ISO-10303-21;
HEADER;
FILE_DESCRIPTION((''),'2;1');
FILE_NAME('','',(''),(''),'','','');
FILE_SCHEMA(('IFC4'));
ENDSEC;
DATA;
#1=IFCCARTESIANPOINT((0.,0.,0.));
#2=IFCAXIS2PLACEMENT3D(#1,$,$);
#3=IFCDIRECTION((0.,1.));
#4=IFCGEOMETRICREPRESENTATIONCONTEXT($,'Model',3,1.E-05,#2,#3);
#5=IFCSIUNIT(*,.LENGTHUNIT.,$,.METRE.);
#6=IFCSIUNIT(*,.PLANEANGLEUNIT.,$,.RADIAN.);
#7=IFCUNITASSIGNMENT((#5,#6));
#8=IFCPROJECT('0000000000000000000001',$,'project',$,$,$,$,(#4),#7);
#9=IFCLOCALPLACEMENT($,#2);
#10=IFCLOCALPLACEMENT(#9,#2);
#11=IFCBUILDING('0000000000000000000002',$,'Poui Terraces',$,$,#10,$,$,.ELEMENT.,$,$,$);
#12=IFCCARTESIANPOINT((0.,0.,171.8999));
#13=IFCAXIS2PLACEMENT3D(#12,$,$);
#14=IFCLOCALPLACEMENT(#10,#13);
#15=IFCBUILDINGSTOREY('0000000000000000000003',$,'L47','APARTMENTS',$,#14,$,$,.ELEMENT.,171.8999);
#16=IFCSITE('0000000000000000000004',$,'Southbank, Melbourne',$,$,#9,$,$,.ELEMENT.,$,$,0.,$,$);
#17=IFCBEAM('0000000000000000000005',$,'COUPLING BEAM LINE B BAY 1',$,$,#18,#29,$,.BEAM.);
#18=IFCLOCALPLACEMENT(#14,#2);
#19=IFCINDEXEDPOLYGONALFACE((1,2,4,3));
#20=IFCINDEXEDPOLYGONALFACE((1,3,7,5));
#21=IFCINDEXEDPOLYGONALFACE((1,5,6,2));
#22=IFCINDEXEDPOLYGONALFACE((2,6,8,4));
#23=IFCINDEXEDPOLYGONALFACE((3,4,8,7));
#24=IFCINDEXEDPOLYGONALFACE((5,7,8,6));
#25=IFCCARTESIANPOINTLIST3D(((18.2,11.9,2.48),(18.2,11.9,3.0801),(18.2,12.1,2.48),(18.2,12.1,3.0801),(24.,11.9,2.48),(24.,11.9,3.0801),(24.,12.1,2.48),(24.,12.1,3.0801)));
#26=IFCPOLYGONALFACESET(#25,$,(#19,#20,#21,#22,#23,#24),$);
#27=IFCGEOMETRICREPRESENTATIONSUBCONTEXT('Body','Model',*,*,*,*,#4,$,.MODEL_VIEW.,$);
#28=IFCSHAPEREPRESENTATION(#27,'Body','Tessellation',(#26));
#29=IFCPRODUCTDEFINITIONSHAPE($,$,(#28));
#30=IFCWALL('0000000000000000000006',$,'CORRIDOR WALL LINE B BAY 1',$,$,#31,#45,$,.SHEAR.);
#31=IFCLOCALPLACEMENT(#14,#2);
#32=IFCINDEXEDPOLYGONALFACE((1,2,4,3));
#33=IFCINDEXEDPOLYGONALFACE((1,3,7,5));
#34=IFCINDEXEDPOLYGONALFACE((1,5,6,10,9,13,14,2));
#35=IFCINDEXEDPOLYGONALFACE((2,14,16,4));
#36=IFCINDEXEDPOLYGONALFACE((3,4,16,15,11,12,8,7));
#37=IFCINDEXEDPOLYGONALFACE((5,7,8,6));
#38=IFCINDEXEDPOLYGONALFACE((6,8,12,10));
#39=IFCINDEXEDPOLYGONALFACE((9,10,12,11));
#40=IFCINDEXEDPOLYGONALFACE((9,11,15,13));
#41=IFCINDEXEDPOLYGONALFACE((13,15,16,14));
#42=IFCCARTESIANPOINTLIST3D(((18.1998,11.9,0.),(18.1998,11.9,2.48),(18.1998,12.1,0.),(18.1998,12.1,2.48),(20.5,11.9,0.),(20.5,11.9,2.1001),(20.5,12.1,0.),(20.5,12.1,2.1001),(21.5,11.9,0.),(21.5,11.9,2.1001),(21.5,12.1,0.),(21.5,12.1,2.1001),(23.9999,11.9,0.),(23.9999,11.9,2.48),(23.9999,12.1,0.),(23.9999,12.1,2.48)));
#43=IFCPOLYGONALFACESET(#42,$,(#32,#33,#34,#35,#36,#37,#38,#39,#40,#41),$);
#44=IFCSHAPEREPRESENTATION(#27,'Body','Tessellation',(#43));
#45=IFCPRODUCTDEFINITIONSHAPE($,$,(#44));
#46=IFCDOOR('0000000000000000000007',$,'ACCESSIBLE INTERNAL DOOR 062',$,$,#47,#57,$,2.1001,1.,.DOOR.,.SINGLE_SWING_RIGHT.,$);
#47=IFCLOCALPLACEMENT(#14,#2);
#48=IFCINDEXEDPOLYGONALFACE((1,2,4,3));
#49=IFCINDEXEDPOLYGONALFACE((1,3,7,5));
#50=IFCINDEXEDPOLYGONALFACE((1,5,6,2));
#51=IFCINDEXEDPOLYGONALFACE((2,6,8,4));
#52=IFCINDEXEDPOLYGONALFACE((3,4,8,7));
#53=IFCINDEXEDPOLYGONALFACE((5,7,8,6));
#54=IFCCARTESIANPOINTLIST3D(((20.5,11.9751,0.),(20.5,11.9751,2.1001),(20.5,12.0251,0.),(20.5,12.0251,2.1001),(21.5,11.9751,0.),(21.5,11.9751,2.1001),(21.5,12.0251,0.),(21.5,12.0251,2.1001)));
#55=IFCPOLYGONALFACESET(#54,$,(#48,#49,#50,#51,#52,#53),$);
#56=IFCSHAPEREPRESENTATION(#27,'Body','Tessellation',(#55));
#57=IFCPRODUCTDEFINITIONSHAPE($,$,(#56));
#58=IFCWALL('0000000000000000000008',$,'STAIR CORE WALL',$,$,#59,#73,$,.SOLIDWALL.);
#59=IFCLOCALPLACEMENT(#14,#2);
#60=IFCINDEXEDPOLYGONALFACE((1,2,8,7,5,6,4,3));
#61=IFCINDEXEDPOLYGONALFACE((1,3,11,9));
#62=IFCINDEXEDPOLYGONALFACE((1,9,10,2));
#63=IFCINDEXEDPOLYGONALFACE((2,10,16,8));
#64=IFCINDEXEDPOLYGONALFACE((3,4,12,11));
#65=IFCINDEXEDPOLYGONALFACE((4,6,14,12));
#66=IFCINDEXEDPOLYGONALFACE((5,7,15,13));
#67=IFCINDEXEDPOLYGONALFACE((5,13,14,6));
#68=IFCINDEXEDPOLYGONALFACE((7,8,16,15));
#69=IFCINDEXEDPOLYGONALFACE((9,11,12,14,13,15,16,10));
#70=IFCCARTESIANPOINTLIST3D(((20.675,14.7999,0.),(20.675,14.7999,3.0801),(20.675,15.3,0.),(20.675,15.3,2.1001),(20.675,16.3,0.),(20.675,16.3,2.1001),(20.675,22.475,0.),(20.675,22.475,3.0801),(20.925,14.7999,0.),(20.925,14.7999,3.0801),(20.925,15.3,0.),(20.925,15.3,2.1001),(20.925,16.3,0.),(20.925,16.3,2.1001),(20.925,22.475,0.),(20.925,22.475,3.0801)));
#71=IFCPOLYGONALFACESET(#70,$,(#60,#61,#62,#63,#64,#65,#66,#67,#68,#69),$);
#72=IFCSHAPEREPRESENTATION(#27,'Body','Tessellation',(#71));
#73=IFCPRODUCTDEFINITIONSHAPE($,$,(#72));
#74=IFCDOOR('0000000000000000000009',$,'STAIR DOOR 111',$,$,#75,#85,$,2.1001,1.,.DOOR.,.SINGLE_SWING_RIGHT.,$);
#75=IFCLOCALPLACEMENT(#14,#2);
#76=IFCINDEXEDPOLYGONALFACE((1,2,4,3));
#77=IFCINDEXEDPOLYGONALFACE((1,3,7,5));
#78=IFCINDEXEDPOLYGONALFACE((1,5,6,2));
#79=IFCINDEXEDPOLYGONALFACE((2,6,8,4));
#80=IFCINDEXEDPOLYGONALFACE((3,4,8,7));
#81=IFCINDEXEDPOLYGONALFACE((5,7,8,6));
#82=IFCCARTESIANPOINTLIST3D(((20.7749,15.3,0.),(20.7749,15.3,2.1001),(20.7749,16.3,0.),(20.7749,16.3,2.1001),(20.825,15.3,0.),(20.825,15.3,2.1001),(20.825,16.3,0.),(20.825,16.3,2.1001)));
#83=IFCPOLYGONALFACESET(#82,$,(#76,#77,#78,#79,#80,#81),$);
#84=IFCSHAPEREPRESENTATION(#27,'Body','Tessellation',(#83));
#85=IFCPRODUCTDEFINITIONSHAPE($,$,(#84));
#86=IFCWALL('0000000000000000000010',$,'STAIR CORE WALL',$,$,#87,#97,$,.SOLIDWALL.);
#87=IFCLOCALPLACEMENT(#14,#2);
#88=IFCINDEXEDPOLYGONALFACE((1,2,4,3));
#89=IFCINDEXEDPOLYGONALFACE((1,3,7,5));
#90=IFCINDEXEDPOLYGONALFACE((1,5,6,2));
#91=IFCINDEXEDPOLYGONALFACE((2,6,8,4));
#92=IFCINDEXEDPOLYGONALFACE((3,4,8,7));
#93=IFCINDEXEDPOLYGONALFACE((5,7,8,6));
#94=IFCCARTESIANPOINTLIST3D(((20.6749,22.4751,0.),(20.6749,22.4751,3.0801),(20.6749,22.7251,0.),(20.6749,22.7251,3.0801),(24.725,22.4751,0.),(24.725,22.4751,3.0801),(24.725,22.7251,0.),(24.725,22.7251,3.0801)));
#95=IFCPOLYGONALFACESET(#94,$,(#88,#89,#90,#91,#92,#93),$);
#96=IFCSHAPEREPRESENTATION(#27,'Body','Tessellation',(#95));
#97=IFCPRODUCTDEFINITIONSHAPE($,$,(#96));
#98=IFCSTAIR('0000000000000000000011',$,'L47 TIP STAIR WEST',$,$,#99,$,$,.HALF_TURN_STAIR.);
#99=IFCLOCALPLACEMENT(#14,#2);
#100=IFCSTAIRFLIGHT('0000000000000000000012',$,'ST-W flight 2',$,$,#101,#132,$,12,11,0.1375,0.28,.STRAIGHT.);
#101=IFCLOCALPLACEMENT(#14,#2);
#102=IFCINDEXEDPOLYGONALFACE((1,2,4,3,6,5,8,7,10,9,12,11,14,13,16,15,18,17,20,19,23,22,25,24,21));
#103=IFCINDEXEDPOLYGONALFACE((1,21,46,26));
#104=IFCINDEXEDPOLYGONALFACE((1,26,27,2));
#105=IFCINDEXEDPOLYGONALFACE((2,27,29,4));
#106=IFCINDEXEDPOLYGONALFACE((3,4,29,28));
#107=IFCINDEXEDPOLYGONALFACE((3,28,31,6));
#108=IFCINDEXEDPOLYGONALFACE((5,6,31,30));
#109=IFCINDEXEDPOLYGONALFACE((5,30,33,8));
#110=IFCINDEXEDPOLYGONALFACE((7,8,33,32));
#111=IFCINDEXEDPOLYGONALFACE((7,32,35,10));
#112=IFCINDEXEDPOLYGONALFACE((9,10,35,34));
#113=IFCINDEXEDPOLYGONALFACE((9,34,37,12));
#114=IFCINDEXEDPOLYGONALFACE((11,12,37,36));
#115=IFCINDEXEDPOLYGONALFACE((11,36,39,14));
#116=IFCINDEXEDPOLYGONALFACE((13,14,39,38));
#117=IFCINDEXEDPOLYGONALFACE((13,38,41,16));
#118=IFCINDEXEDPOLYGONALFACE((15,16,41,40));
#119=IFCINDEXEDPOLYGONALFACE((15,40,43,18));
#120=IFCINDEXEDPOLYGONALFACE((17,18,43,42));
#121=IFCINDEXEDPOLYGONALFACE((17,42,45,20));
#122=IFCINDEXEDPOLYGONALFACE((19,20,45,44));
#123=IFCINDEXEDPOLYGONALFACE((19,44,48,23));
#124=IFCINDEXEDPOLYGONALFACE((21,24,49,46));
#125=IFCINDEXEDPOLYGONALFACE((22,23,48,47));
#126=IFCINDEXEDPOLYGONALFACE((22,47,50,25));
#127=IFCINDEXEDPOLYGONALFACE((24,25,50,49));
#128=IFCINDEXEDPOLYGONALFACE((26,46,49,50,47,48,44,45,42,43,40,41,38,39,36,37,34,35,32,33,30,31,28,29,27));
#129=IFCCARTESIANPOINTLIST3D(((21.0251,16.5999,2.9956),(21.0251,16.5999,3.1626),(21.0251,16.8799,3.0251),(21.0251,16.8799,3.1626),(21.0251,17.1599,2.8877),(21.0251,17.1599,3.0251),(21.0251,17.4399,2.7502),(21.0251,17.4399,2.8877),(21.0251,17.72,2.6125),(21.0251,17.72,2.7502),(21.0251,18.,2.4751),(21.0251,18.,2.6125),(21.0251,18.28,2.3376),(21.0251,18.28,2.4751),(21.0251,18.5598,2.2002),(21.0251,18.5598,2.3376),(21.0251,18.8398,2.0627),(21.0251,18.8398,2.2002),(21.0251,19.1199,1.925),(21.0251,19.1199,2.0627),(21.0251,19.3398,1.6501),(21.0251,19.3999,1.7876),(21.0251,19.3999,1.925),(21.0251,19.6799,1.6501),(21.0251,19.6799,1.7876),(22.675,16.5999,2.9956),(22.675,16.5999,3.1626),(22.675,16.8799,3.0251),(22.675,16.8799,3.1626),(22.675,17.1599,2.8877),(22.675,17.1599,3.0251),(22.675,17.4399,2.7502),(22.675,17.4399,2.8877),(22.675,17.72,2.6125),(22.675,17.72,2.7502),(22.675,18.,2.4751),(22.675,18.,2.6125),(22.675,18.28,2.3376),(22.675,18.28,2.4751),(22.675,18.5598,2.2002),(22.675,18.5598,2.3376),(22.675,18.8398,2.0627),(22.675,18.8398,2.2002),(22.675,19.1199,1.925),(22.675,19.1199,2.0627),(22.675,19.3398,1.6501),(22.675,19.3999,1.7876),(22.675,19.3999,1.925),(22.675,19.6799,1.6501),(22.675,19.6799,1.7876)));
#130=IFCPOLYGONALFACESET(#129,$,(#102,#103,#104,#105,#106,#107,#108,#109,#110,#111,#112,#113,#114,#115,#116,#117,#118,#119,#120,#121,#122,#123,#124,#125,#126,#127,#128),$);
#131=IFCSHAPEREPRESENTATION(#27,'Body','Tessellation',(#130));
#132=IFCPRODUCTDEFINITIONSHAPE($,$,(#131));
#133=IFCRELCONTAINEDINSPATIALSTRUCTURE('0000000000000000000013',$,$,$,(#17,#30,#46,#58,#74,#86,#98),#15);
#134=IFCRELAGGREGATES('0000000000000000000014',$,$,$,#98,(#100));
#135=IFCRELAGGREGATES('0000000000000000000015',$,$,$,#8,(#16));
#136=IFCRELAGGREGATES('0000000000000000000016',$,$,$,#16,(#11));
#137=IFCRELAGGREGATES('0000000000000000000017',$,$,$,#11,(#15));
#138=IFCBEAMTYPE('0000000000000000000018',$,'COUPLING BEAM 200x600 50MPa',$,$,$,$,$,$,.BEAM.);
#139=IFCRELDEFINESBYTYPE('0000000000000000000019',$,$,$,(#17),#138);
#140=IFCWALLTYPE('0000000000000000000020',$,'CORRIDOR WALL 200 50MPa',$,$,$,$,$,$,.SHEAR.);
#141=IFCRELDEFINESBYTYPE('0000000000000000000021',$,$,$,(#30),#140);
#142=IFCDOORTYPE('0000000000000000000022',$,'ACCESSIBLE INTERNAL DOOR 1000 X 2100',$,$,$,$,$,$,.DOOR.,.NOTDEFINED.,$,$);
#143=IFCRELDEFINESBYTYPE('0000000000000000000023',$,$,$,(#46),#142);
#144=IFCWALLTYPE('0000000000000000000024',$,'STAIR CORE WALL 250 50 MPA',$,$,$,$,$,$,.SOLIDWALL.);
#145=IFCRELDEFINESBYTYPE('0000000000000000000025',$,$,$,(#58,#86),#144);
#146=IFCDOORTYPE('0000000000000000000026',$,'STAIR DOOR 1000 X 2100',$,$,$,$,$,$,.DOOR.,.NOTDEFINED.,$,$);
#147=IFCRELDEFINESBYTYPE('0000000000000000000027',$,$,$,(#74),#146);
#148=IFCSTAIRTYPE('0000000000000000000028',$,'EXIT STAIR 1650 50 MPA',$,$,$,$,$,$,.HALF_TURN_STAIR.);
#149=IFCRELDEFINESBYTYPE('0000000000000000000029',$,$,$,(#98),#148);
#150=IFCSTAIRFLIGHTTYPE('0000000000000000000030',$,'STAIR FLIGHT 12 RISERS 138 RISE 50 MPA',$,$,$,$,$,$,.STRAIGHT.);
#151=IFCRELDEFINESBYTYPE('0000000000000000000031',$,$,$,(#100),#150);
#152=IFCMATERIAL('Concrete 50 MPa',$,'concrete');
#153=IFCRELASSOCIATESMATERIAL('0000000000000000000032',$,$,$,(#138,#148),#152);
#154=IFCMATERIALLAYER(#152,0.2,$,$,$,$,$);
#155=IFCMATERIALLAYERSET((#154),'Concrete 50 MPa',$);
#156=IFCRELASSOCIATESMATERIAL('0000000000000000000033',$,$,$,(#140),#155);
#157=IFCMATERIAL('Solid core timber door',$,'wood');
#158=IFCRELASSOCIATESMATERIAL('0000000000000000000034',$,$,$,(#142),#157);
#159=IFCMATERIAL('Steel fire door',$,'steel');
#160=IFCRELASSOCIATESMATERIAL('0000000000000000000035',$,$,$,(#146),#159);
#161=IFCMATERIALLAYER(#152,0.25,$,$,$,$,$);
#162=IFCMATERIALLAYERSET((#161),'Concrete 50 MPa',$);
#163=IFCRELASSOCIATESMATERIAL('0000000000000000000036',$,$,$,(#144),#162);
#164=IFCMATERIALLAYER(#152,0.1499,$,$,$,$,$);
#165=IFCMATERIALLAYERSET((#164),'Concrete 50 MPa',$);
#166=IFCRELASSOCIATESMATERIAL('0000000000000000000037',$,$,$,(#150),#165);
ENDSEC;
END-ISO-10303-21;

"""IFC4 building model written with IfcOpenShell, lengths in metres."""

from ifc_helpers import new_model, si_unit, direction, frame, frame_2d, origin, origin_2d, place, context, subcontext, project, spatial, polyline, rectangle, outline, extrude, source, transform, mapped, material, layer, layer_set, material_profile, profile_set, type_object, element, fill, aggregate, save


model = new_model("IFC4")

# Units and contexts
model_context = context("Model", 3, precision=1e-05, world=origin(), true_north=direction((0.0, 1.0)))
body_context = subcontext(model_context, "Body", "Model", "MODEL_VIEW")
ifc_project = project(units=[si_unit("LENGTHUNIT", "METRE"), si_unit("PLANEANGLEUNIT", "RADIAN")], contexts=[model_context])

# Site, building, storey
site_placement = place(None, origin())
site = spatial("IfcSite", under=ifc_project, at=site_placement, Name="Southbank, Melbourne", CompositionType="ELEMENT", RefElevation=0.0)
building_placement = place(site_placement, origin())
building = spatial("IfcBuilding", under=site, at=building_placement, Name="Poui Terraces", CompositionType="ELEMENT")
storey_placement = place(building_placement, frame((0.0, 0.0, 171.8999)))
storey = spatial("IfcBuildingStorey", under=building, at=storey_placement, Name="L47", Description="APARTMENTS", CompositionType="ELEMENT", Elevation=171.8999)

# Beam
ifc_material_1 = material(Name="Concrete 50 MPa", Category="concrete")
ifc_material_profile = material_profile(ifc_material_1, rectangle(XDim=0.2, YDim=0.6001, at=origin_2d()), Name="RC 200x600")
ifc_profile_set = profile_set([ifc_material_profile], Name="Concrete 50 MPa")
beam_type = type_object("IfcBeamType", Name="COUPLING BEAM 200x600 50MPa", PredefinedType="BEAM", material=ifc_profile_set)
shared_shape = source(origin(), body_context, "Body", "SweptSolid", [
    extrude(rectangle(XDim=0.2, YDim=0.6001, at=origin_2d()), origin(), (0.0, 0.0, 1.0), 5.8),
])
beam_placement = place(storey_placement, frame((18.2, 12.0, 2.78), z_axis=(1.0, 0.0, 0.0), x_axis=(0.0, 1.0, 0.0)))
element("IfcBeam", 1, at=beam_placement, inside=storey, type_object=beam_type, Name="COUPLING BEAM LINE B BAY 1", PredefinedType="BEAM", context=body_context, shape_type="MappedRepresentation", body=[
    mapped(shared_shape, transform((0.0, 0.0, 0.0))),
])

# Wall, opening, door
ifc_layer_1 = layer(ifc_material_1, 0.2)
ifc_layer_set_1 = layer_set([ifc_layer_1], Name="Concrete 50 MPa")
wall_type_1 = type_object("IfcWallType", Name="CORRIDOR WALL 200 50MPa", PredefinedType="SHEAR", material=ifc_layer_set_1)
wall_1_placement = place(storey_placement, frame((18.2, 12.0, 0.0), z_axis=(0.0, 0.0, 1.0), x_axis=(1.0, 0.0, 0.0)))
wall_1 = element("IfcWall", 2, at=wall_1_placement, inside=storey, type_object=wall_type_1, Name="CORRIDOR WALL LINE B BAY 1", PredefinedType="SHEAR", context=body_context, shape_type="SweptSolid", body=[
    extrude(rectangle(XDim=5.8, YDim=0.2, at=frame_2d((2.8999, 0.0))), origin(), (0.0, 0.0, 1.0), 2.48),
])
opening_1_placement = place(wall_1_placement, frame((2.3, 0.0, 0.0)))
opening_1 = element("IfcOpeningElement", 3, at=opening_1_placement, cuts=wall_1, PredefinedType="OPENING", context=body_context, shape_type="SweptSolid", body=[
    extrude(rectangle(XDim=1.0, YDim=2.1001, at=frame_2d((0.5, 1.05))), frame((0.0, 0.1099, 0.0), z_axis=(0.0, -1.0, 0.0), x_axis=(1.0, 0.0, 0.0)), (0.0, 0.0, 1.0), 0.22),
])
ifc_material_2 = material(Name="Solid core timber door", Category="wood")
door_type_1 = type_object("IfcDoorType", Name="ACCESSIBLE INTERNAL DOOR 1000 X 2100", OperationType="NOTDEFINED", PredefinedType="DOOR", material=ifc_material_2)
door_1_placement = place(opening_1_placement, frame((1.0, 0.0, 0.0), z_axis=(0.0, 0.0, 1.0), x_axis=(-1.0, 0.0, 0.0)))
door_1 = element("IfcDoor", 4, at=door_1_placement, inside=storey, type_object=door_type_1, Name="ACCESSIBLE INTERNAL DOOR 062", OperationType="SINGLE_SWING_RIGHT", OverallHeight=2.1001, OverallWidth=1.0, PredefinedType="DOOR", context=body_context, shape_type="SweptSolid", body=[
    extrude(rectangle(XDim=1.0, YDim=2.1001, at=frame_2d((0.5, 1.05))), frame((0.0, 0.0249, 0.0), z_axis=(0.0, -1.0, 0.0), x_axis=(1.0, 0.0, 0.0)), (0.0, 0.0, 1.0), 0.05),
])
fill(opening_1, door_1)

# Shared definitions
ifc_material_3 = material(Name="Steel fire door", Category="steel")
door_type_2 = type_object("IfcDoorType", Name="STAIR DOOR 1000 X 2100", OperationType="NOTDEFINED", PredefinedType="DOOR", material=ifc_material_3)

# Wall, opening, door
ifc_layer_2 = layer(ifc_material_1, 0.25)
ifc_layer_set_2 = layer_set([ifc_layer_2], Name="Concrete 50 MPa")
wall_type_2 = type_object("IfcWallType", Name="STAIR CORE WALL 250 50 MPA", PredefinedType="SOLIDWALL", material=ifc_layer_set_2)
wall_2_placement = place(storey_placement, frame((20.8, 14.8, 0.0), z_axis=(0.0, 0.0, 1.0), x_axis=(0.0, 1.0, 0.0)))
wall_2 = element("IfcWall", 5, at=wall_2_placement, inside=storey, type_object=wall_type_2, Name="STAIR CORE WALL", PredefinedType="SOLIDWALL", context=body_context, shape_type="SweptSolid", body=[
    extrude(rectangle(XDim=7.675, YDim=0.25, at=frame_2d((3.8374, 0.0))), origin(), (0.0, 0.0, 1.0), 3.0801),
])
opening_2_placement = place(wall_2_placement, frame((0.5, 0.0, 0.0)))
opening_2 = element("IfcOpeningElement", 6, at=opening_2_placement, cuts=wall_2, PredefinedType="OPENING", context=body_context, shape_type="SweptSolid", body=[
    extrude(rectangle(XDim=1.0, YDim=2.1001, at=frame_2d((0.5, 1.05))), frame((0.0, 0.135, 0.0), z_axis=(0.0, -1.0, 0.0), x_axis=(1.0, 0.0, 0.0)), (0.0, 0.0, 1.0), 0.27),
])
door_2_placement = place(opening_2_placement, frame((1.0, 0.0, 0.0), z_axis=(0.0, 0.0, 1.0), x_axis=(-1.0, 0.0, 0.0)))
door_2 = element("IfcDoor", 7, at=door_2_placement, inside=storey, type_object=door_type_2, Name="STAIR DOOR 111", OperationType="SINGLE_SWING_RIGHT", OverallHeight=2.1001, OverallWidth=1.0, PredefinedType="DOOR", context=body_context, shape_type="SweptSolid", body=[
    extrude(rectangle(XDim=1.0, YDim=2.1001, at=frame_2d((0.5, 1.05))), frame((0.0, 0.0249, 0.0), z_axis=(0.0, -1.0, 0.0), x_axis=(1.0, 0.0, 0.0)), (0.0, 0.0, 1.0), 0.05),
])
fill(opening_2, door_2)

# Wall
wall_3_placement = place(storey_placement, frame((20.675, 22.6001, 0.0), z_axis=(0.0, 0.0, 1.0), x_axis=(1.0, 0.0, 0.0)))
element("IfcWall", 8, at=wall_3_placement, inside=storey, type_object=wall_type_2, Name="STAIR CORE WALL", PredefinedType="SOLIDWALL", context=body_context, shape_type="SweptSolid", body=[
    extrude(rectangle(XDim=4.05, YDim=0.25, at=frame_2d((2.0249, 0.0))), origin(), (0.0, 0.0, 1.0), 3.0801),
])

# Stair, stair flight
stair_type = type_object("IfcStairType", Name="EXIT STAIR 1650 50 MPA", PredefinedType="HALF_TURN_STAIR", material=ifc_material_1)
stair_placement = place(storey_placement, origin())
stair = element("IfcStair", 9, at=stair_placement, inside=storey, type_object=stair_type, Name="L47 TIP STAIR WEST", PredefinedType="HALF_TURN_STAIR")
ifc_layer_3 = layer(ifc_material_1, 0.1499)
ifc_layer_set_3 = layer_set([ifc_layer_3], Name="Concrete 50 MPa")
stair_flight_type = type_object("IfcStairFlightType", Name="STAIR FLIGHT 12 RISERS 138 RISE 50 MPA", PredefinedType="STRAIGHT", material=ifc_layer_set_3)
stair_flight_placement = place(storey_placement, frame((21.8501, 19.6799, 1.6501), z_axis=(0.0, 0.0, 1.0), x_axis=(0.0, -1.0, 0.0)))
stair_flight = element("IfcStairFlight", 10, at=stair_flight_placement, type_object=stair_flight_type, Name="ST-W flight 2", NumberOfRisers=12, NumberOfTreads=11, PredefinedType="STRAIGHT", RiserHeight=0.1375, TreadLength=0.28, context=body_context, shape_type="SweptSolid", body=[
    extrude(outline(polyline([(0.0, 0.0), (0.0, 0.1375), (0.28, 0.1375), (0.28, 0.2749), (0.5601, 0.2749), (0.5601, 0.4126), (0.8401, 0.4126), (0.8401, 0.55), (1.1201, 0.55), (1.1201, 0.6875), (1.3999, 0.6875), (1.3999, 0.825), (1.6799, 0.825), (1.6799, 0.9624), (1.96, 0.9624), (1.96, 1.1001), (2.24, 1.1001), (2.24, 1.2375), (2.52, 1.2375), (2.52, 1.375), (2.8, 1.375), (2.8, 1.5125), (3.0801, 1.5125), (3.0801, 1.6499), (3.0801, 1.3455), (0.3401, 0.0), (0.0, 0.0)])), frame((0.0, 0.825, 0.0), z_axis=(0.0, -1.0, 0.0), x_axis=(1.0, 0.0, 0.0)), (0.0, 0.0, 1.0), 1.6499),
])
aggregate(stair, [stair_flight])

save(model, "model.ifc")
